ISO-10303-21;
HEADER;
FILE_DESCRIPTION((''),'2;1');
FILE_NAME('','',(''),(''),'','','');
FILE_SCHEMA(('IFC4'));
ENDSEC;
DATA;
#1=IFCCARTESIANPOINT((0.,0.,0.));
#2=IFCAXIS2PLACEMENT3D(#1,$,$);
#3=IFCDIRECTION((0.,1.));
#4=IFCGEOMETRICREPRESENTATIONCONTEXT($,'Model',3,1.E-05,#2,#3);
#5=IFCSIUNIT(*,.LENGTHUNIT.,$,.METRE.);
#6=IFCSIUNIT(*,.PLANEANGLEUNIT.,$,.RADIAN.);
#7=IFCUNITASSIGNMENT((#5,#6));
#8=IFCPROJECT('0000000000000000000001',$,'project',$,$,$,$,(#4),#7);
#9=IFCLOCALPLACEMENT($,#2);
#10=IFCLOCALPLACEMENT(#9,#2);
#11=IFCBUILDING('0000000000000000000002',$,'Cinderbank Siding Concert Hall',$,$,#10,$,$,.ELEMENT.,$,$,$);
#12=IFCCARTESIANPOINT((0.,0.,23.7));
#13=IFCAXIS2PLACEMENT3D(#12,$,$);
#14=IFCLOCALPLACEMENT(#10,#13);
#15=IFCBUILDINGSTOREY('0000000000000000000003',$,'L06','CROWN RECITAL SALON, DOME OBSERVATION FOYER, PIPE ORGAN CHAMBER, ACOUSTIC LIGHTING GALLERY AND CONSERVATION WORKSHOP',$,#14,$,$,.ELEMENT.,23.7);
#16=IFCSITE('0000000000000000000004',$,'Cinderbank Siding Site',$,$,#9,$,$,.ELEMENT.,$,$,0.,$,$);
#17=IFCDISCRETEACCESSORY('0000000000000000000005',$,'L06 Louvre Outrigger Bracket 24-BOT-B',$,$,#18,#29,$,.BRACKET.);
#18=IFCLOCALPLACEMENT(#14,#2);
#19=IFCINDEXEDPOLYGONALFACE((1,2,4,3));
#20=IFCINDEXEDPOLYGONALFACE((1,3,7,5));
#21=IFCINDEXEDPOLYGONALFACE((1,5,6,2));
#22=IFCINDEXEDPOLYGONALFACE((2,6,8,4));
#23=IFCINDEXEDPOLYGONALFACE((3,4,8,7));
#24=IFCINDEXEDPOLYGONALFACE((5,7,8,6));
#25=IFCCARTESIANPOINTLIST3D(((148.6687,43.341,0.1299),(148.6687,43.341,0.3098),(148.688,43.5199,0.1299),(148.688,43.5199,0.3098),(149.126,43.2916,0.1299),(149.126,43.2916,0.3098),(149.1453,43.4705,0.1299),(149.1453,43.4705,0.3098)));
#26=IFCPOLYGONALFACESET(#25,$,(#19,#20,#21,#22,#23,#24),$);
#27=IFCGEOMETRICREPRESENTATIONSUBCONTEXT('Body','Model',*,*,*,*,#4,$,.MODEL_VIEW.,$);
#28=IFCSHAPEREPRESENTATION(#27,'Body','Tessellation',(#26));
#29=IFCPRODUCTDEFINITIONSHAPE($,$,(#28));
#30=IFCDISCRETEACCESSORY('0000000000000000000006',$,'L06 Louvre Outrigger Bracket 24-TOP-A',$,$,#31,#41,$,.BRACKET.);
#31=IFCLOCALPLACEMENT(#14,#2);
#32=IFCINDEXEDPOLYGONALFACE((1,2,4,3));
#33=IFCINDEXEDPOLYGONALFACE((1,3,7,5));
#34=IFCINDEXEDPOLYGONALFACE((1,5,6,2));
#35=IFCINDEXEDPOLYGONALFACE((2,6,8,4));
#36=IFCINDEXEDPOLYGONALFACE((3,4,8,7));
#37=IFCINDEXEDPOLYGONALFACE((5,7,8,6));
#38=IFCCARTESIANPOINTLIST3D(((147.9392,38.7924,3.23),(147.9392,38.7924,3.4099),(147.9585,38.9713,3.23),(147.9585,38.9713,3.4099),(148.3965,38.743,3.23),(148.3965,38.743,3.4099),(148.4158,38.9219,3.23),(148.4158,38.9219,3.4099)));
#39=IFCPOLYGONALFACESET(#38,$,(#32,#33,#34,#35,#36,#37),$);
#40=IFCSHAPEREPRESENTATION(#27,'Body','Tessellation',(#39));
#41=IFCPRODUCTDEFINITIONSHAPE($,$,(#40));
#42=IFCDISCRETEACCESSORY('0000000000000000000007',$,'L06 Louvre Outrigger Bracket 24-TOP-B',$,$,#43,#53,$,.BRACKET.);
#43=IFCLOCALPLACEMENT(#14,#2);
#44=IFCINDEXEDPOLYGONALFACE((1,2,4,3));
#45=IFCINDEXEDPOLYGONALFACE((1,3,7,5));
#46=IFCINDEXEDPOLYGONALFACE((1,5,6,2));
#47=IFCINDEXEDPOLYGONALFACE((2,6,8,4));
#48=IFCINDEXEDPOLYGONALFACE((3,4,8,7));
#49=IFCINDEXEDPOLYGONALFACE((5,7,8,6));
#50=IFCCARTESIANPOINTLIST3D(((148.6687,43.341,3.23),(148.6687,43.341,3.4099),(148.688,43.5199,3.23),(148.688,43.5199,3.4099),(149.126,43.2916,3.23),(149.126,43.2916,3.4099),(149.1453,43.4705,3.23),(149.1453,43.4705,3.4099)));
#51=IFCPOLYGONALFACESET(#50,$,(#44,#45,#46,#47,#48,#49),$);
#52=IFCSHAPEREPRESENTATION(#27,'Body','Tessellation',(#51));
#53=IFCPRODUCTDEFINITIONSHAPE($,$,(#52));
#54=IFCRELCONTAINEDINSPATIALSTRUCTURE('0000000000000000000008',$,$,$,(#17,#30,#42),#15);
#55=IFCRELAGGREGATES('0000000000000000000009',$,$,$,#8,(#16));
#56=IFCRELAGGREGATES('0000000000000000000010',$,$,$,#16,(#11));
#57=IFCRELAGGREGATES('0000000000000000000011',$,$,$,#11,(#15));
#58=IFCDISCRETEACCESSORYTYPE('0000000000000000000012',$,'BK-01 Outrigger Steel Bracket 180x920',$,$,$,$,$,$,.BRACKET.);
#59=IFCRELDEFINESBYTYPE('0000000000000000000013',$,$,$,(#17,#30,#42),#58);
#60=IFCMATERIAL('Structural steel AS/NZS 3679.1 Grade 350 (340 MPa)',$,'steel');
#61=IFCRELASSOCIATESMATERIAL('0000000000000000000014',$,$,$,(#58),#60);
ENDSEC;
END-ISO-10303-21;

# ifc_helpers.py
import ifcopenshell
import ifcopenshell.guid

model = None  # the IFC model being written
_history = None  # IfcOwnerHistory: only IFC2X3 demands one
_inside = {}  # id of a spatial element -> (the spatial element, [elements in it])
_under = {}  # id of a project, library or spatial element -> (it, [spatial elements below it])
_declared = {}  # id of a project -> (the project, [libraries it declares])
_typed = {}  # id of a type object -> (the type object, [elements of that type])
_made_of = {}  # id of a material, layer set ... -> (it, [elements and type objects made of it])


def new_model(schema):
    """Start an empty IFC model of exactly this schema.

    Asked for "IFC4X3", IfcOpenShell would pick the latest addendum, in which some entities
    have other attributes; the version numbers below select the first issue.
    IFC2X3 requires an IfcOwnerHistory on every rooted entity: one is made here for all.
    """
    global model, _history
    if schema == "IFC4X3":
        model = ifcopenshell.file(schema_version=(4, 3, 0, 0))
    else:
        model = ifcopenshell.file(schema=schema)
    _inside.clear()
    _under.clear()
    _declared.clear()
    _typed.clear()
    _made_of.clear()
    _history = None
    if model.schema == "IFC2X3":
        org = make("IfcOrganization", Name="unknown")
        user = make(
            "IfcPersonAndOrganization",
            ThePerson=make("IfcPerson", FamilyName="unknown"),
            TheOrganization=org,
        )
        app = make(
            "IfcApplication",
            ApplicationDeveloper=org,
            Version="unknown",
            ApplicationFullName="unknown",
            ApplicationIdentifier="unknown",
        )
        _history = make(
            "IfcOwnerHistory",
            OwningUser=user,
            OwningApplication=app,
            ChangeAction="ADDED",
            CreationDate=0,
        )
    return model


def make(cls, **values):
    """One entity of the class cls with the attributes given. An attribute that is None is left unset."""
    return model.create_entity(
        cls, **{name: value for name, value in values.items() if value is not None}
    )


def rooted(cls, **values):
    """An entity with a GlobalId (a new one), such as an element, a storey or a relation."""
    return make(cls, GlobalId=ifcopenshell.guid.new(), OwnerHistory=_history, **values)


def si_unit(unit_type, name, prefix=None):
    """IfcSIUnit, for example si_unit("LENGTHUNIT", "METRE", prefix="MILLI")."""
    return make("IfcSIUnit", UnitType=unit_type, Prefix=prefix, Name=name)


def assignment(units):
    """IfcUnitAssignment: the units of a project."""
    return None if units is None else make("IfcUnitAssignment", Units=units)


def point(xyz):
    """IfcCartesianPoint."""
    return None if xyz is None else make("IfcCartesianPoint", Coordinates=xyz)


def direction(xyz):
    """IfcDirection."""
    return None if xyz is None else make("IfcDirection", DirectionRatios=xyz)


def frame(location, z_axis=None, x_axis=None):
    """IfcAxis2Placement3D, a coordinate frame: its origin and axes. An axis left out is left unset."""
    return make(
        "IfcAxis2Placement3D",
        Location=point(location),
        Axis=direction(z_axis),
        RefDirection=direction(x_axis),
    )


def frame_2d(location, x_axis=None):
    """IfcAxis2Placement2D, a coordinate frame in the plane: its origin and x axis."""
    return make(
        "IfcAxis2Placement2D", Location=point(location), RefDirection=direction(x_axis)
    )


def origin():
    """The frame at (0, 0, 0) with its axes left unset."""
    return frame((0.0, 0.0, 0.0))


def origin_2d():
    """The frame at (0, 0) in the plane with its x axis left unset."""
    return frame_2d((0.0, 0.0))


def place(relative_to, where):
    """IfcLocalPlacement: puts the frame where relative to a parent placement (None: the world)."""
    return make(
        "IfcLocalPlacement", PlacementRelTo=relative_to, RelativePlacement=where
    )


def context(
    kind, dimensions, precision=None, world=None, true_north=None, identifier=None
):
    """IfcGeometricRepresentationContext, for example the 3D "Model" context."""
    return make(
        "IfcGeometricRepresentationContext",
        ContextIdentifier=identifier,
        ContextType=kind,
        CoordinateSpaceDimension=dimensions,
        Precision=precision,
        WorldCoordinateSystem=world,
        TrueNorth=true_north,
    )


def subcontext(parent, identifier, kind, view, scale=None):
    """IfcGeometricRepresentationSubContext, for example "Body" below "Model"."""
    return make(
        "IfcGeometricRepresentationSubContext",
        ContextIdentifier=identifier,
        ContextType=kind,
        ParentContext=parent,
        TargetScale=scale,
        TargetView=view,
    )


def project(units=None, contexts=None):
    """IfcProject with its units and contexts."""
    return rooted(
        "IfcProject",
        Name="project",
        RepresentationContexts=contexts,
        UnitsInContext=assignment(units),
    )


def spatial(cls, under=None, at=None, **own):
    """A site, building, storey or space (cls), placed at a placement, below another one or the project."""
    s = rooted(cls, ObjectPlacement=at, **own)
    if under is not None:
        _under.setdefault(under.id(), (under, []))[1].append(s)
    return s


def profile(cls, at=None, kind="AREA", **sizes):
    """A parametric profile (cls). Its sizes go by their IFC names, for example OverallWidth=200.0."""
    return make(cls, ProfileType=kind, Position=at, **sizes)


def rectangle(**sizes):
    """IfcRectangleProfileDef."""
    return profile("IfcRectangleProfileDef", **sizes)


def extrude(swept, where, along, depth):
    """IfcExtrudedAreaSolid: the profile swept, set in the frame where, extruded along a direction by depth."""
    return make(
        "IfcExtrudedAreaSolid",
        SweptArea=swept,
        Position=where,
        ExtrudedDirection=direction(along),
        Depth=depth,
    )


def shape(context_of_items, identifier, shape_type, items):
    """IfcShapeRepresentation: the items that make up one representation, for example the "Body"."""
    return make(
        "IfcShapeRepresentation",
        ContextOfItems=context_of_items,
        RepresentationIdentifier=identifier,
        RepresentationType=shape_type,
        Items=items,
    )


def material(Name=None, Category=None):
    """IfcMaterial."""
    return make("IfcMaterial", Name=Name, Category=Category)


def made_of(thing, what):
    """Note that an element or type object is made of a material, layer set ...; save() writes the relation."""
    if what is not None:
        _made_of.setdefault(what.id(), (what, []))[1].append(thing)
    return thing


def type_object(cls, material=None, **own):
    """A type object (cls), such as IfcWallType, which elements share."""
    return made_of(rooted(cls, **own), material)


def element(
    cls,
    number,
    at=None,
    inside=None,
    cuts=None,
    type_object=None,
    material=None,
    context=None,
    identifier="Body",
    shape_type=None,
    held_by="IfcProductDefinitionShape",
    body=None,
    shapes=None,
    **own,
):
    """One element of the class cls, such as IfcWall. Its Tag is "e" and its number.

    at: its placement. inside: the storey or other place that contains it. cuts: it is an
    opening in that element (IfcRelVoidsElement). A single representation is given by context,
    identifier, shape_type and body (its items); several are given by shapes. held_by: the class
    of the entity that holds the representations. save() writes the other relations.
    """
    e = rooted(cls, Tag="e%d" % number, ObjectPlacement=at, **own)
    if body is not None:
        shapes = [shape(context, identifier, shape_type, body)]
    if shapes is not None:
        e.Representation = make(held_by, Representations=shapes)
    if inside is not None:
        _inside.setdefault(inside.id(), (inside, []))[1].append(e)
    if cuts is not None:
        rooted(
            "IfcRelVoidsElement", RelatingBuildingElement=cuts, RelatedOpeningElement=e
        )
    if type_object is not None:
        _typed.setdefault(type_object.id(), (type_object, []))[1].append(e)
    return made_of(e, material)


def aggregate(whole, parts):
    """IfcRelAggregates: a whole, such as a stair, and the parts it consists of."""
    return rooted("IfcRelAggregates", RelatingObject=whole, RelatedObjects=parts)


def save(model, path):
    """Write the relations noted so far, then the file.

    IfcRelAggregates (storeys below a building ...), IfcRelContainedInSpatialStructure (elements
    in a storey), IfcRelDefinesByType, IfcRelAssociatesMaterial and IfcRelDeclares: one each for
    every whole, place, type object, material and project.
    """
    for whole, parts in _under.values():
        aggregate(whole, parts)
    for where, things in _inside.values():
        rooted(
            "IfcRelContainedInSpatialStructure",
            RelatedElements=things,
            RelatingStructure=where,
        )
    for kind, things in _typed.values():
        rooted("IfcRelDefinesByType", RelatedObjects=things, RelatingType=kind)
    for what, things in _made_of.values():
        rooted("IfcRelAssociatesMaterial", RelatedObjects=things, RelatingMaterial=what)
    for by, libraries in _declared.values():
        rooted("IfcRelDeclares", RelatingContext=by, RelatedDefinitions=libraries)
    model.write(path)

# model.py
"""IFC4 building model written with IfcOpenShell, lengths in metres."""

from ifc_helpers import new_model, si_unit, direction, frame, origin, origin_2d, place, context, subcontext, project, spatial, rectangle, extrude, material, type_object, element, save


model = new_model("IFC4")

# Units and contexts
model_context = context("Model", 3, precision=1e-05, world=origin(), true_north=direction((0.0, 1.0)))
body_context = subcontext(model_context, "Body", "Model", "MODEL_VIEW")
ifc_project = project(units=[si_unit("LENGTHUNIT", "METRE"), si_unit("PLANEANGLEUNIT", "RADIAN")], contexts=[model_context])

# Site, building, storey
site_placement = place(None, origin())
site = spatial("IfcSite", under=ifc_project, at=site_placement, Name="Cinderbank Siding Site", CompositionType="ELEMENT", RefElevation=0.0)
building_placement = place(site_placement, origin())
building = spatial("IfcBuilding", under=site, at=building_placement, Name="Cinderbank Siding Concert Hall", CompositionType="ELEMENT")
storey_placement = place(building_placement, frame((0.0, 0.0, 23.7)))
storey = spatial("IfcBuildingStorey", under=building, at=storey_placement, Name="L06", Description="CROWN RECITAL SALON, DOME OBSERVATION FOYER, PIPE ORGAN CHAMBER, ACOUSTIC LIGHTING GALLERY AND CONSERVATION WORKSHOP", CompositionType="ELEMENT", Elevation=23.7)

# Shared definitions
ifc_material_1 = material(Name="Structural steel AS/NZS 3679.1 Grade 350 (340 MPa)", Category="steel")

# Discrete accessories
discrete_accessory_type = type_object("IfcDiscreteAccessoryType", Name="BK-01 Outrigger Steel Bracket 180x920", PredefinedType="BRACKET", material=ifc_material_1)
for number, where, z_axis, x_axis, name in (
    (1, (148.907, 43.4058, 0.1299), (0.0, 0.0, 1.0), (0.994211, -0.107447, 0.0), "L06 Louvre Outrigger Bracket 24-BOT-B"),
    (2, (148.1775, 38.8572, 3.23), (0.0, 0.0, 1.0), (0.994211, -0.107447, 0.0), "L06 Louvre Outrigger Bracket 24-TOP-A"),
    (3, (148.907, 43.4058, 3.23), (0.0, 0.0, 1.0), (0.994211, -0.107447, 0.0), "L06 Louvre Outrigger Bracket 24-TOP-B"),
):
    element("IfcDiscreteAccessory", number, at=place(storey_placement, frame(where, z_axis=z_axis, x_axis=x_axis)), inside=storey, type_object=discrete_accessory_type, Name=name, PredefinedType="BRACKET", context=body_context, shape_type="SweptSolid", body=[
        extrude(rectangle(XDim=0.46, YDim=0.1799, at=origin_2d()), origin(), (0.0, 0.0, 1.0), 0.1799),
    ])

save(model, "model.ifc")
